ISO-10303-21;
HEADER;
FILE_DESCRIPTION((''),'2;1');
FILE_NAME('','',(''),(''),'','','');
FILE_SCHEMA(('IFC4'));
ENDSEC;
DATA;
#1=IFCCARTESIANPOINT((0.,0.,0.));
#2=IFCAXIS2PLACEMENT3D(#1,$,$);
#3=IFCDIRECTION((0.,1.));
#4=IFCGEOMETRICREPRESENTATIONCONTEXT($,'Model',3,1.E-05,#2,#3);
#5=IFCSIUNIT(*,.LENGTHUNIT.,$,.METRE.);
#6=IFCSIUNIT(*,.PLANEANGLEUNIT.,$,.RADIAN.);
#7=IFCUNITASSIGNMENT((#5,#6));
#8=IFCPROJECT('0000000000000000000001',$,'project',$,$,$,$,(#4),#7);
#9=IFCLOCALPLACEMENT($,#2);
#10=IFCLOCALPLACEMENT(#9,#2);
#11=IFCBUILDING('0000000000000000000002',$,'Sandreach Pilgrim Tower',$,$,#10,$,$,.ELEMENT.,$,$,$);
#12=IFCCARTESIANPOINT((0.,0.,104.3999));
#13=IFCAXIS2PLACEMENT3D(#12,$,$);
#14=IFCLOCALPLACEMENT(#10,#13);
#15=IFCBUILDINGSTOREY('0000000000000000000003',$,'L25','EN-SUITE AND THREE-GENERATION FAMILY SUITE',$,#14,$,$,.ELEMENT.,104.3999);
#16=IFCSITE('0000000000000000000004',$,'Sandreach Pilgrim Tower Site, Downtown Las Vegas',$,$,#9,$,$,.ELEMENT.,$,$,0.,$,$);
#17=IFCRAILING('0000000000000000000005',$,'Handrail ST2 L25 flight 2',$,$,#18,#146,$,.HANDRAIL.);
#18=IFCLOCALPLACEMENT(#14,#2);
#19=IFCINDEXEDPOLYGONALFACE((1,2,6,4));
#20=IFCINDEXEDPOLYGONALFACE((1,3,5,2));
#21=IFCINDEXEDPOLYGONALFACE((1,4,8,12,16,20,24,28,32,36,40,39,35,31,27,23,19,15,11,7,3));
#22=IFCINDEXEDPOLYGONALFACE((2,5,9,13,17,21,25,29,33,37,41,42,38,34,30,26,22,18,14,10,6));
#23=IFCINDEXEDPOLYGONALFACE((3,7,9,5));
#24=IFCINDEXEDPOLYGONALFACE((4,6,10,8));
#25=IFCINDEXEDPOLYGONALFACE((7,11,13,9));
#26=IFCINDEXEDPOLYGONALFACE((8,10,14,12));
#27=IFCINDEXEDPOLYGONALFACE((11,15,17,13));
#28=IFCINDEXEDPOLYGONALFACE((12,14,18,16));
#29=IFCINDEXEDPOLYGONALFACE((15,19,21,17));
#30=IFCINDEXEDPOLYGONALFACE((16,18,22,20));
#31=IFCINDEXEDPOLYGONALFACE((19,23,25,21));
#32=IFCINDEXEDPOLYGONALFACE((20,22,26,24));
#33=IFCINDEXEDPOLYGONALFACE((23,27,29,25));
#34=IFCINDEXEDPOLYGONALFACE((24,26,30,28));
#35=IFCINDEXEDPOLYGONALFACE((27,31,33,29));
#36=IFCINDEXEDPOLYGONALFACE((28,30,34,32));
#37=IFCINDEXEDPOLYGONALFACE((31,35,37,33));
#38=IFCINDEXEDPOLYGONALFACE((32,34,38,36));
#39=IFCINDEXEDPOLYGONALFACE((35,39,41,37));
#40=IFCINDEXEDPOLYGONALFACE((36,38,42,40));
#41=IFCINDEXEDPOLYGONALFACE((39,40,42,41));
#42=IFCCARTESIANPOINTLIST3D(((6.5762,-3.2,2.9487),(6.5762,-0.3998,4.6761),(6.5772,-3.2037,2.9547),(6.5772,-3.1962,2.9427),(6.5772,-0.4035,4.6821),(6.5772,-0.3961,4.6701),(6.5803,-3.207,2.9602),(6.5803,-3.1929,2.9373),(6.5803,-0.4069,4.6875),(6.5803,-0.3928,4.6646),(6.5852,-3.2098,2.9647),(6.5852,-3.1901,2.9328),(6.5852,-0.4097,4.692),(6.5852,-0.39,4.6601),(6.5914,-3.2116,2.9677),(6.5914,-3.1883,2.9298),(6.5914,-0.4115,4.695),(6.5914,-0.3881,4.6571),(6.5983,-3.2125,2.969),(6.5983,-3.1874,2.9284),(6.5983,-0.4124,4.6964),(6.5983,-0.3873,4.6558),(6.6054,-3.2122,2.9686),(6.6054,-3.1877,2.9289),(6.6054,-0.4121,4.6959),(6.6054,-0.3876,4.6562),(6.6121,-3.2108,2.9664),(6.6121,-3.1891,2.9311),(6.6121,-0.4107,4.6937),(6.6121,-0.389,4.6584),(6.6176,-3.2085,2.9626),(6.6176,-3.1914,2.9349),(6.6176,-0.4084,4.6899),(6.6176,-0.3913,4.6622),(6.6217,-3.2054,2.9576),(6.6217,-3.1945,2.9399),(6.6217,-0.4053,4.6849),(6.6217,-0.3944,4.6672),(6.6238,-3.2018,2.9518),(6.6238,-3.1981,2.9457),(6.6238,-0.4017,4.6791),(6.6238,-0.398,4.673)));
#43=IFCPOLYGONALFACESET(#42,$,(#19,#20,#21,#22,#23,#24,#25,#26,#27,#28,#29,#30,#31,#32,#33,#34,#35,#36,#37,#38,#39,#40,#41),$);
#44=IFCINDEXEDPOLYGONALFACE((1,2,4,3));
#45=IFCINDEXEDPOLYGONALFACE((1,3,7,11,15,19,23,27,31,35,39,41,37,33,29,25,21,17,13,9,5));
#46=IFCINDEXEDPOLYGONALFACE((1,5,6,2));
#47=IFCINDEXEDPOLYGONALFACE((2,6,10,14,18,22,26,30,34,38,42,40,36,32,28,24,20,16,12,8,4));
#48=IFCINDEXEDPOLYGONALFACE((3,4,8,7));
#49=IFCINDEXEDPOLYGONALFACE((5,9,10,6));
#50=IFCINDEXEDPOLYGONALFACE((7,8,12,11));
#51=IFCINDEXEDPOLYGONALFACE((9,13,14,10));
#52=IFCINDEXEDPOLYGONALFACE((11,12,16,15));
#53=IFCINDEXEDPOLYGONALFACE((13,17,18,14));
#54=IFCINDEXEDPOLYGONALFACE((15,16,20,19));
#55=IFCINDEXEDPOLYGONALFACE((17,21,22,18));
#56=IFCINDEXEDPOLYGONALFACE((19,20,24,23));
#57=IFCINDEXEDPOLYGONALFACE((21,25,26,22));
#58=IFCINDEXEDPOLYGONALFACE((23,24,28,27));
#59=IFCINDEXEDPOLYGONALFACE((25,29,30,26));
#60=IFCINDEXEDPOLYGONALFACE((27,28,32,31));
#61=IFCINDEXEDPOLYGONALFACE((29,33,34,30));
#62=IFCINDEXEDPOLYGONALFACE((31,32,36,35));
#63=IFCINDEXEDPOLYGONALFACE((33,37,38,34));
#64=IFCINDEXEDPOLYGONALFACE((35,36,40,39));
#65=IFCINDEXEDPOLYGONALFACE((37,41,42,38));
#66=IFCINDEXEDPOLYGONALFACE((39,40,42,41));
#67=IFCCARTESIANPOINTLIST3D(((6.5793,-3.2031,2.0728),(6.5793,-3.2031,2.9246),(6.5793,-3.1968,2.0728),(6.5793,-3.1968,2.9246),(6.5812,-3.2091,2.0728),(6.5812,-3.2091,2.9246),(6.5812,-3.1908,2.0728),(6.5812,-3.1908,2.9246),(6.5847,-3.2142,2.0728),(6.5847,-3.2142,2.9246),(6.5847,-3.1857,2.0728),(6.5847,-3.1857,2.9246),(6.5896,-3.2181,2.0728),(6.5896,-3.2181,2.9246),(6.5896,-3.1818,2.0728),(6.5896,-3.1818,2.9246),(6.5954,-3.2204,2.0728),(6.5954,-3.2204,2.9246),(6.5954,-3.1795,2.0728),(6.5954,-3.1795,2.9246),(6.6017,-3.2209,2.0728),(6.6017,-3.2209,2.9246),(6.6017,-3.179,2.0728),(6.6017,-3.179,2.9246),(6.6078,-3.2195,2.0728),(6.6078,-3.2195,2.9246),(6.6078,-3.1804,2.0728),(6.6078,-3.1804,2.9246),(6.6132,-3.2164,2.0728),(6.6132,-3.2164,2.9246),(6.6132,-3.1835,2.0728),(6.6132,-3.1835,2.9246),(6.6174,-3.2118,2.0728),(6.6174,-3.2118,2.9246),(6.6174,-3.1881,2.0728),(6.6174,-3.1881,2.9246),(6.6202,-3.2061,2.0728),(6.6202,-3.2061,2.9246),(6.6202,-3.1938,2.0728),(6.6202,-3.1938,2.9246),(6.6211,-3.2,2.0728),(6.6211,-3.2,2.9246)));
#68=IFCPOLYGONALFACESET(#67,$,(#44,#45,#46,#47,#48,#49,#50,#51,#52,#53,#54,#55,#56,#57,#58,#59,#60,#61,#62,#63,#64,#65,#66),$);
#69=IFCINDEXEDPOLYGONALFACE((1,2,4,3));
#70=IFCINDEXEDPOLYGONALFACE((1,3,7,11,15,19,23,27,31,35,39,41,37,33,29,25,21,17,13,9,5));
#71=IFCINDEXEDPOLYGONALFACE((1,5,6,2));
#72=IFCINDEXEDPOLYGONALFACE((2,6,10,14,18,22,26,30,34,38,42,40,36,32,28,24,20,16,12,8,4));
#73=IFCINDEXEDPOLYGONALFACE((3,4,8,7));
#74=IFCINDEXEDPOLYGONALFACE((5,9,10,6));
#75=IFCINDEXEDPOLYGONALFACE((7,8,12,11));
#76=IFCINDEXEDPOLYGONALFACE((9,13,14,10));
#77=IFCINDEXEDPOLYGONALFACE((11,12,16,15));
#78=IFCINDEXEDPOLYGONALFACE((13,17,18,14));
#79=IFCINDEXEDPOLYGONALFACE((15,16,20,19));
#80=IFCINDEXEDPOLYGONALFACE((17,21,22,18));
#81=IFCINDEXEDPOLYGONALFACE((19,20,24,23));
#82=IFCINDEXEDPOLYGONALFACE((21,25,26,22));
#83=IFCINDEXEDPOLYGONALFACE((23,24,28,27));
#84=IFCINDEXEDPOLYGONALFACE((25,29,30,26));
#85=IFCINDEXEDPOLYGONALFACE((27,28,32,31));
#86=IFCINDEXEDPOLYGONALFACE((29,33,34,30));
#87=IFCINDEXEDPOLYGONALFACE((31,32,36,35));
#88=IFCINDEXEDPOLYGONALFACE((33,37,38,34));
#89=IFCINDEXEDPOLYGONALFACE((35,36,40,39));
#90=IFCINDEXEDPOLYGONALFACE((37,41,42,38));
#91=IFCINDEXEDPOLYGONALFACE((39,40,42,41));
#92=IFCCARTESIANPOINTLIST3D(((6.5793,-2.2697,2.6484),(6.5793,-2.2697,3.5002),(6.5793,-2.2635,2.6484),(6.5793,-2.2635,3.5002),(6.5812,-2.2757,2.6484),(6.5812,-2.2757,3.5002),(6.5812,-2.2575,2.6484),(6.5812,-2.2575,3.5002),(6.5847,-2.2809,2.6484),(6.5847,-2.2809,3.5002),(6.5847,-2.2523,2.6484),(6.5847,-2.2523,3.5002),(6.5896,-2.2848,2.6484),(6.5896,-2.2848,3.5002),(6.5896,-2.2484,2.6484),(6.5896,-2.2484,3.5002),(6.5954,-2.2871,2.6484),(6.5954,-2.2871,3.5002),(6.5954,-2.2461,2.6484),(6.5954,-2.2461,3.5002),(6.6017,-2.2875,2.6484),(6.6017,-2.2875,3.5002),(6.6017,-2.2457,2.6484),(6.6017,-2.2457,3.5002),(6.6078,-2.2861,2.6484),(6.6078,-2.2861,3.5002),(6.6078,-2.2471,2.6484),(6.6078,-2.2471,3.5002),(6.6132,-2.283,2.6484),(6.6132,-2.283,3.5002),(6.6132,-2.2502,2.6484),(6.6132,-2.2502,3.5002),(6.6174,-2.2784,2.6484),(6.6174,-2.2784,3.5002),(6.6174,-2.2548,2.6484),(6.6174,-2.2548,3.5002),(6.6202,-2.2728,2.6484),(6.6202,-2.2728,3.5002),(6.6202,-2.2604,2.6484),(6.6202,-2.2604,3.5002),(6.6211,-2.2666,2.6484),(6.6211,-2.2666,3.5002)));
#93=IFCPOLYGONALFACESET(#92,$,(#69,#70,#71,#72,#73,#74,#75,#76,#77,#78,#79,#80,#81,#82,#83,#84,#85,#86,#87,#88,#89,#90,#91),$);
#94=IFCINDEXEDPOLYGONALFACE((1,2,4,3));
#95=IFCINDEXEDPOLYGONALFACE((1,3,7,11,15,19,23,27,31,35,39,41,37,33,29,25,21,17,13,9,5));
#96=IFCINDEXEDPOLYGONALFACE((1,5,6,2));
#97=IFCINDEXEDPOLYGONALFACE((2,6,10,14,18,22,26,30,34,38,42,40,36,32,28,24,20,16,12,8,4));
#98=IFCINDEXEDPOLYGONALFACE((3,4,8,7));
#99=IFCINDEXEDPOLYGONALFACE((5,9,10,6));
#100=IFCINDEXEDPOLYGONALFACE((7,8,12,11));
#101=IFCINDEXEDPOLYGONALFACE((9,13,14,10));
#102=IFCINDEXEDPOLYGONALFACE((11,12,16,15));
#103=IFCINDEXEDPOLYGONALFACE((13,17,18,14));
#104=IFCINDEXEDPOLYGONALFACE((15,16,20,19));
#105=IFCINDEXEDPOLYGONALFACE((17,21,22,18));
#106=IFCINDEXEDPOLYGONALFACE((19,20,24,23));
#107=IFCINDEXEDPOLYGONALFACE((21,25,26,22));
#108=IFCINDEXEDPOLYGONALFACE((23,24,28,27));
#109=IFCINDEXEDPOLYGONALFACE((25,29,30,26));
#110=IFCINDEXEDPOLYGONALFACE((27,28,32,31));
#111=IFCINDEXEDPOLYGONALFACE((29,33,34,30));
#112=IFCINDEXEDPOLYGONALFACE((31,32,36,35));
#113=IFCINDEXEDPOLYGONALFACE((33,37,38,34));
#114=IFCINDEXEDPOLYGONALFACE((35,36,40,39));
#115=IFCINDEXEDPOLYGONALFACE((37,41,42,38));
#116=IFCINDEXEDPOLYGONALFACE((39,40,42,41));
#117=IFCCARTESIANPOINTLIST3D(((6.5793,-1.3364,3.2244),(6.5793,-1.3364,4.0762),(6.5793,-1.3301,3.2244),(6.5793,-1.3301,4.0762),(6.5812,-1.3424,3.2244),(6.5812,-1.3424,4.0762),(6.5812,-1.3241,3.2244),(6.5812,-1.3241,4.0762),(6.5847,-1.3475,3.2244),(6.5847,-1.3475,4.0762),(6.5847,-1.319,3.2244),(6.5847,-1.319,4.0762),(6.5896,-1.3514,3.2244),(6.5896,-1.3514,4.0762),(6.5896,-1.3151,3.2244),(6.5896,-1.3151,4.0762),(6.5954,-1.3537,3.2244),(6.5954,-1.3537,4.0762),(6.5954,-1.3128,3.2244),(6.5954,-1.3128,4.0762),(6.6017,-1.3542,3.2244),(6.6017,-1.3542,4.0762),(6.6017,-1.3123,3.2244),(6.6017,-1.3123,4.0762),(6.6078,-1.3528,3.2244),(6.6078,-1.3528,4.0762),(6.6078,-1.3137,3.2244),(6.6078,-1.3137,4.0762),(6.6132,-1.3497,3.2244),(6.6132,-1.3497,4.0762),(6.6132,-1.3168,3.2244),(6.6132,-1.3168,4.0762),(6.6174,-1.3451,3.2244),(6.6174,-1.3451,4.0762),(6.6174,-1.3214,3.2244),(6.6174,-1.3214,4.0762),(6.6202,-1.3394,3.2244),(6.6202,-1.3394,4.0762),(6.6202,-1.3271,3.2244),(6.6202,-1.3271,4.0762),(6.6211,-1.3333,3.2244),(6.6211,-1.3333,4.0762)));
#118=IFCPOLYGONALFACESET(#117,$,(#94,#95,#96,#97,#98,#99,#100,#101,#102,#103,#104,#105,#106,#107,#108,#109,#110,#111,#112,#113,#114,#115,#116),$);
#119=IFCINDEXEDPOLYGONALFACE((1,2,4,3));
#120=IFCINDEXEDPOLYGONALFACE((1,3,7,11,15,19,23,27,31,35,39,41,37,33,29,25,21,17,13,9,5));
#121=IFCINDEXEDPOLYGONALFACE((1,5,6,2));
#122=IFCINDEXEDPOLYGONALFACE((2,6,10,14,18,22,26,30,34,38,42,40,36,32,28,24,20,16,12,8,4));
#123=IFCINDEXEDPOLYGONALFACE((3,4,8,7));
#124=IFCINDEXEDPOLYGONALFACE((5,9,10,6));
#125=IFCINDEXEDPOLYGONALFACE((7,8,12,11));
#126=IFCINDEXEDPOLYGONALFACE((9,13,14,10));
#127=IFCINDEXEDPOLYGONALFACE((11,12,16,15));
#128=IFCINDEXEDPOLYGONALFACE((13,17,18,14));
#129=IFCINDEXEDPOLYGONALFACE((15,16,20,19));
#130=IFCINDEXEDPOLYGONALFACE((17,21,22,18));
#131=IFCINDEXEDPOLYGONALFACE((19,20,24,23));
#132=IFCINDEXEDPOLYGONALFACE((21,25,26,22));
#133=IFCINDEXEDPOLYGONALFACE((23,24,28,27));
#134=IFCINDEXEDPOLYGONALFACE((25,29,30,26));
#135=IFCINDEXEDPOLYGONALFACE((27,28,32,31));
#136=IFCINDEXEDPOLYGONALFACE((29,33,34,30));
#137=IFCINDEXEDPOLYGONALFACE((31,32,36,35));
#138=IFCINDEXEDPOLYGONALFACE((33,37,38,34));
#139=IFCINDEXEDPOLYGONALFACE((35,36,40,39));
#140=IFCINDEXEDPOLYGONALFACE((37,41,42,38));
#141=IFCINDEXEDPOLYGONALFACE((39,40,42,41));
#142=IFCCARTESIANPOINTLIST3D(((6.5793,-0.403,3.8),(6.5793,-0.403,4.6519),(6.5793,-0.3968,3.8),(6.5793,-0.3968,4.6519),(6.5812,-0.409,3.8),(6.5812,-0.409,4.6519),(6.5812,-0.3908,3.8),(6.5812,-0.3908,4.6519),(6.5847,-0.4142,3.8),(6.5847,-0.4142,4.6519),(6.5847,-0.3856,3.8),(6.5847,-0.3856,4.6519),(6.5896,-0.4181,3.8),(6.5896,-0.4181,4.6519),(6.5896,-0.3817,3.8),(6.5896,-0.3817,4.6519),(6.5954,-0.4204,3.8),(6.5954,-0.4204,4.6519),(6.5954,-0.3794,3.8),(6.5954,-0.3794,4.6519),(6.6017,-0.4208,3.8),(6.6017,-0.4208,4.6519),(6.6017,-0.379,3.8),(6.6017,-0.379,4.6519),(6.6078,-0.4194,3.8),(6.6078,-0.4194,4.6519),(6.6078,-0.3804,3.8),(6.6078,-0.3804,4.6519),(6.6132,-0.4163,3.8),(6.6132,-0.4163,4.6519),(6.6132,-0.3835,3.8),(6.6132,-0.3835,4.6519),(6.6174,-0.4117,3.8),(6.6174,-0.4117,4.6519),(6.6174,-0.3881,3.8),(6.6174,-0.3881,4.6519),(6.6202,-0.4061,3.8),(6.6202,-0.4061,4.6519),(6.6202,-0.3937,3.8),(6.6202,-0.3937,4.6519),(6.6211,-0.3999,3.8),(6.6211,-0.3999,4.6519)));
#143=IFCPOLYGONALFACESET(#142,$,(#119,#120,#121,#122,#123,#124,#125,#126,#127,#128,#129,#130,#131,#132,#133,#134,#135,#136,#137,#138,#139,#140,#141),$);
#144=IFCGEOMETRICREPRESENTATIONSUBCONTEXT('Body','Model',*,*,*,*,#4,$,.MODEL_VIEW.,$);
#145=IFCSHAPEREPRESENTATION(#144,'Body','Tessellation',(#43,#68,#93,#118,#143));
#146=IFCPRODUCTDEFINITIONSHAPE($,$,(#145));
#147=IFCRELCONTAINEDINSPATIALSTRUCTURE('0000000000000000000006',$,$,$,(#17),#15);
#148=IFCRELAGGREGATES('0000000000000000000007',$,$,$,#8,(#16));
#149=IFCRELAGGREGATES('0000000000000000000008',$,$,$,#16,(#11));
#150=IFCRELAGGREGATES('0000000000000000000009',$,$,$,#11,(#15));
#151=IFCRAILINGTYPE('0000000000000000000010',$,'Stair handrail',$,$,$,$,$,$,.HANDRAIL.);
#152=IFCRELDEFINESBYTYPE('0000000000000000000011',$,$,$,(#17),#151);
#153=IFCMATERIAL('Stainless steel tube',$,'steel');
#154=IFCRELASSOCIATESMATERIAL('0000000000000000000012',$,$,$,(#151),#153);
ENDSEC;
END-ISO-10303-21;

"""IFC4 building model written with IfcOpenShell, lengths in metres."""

from ifc_helpers import new_model, si_unit, direction, frame, origin, origin_2d, place, context, subcontext, project, spatial, circle, extrude, material, type_object, element, save


model = new_model("IFC4")

# Units and contexts
model_context = context("Model", 3, precision=1e-05, world=origin(), true_north=direction((0.0, 1.0)))
body_context = subcontext(model_context, "Body", "Model", "MODEL_VIEW")
ifc_project = project(units=[si_unit("LENGTHUNIT", "METRE"), si_unit("PLANEANGLEUNIT", "RADIAN")], contexts=[model_context])

# Site, building, storey
site_placement = place(None, origin())
site = spatial("IfcSite", under=ifc_project, at=site_placement, Name="Sandreach Pilgrim Tower Site, Downtown Las Vegas", CompositionType="ELEMENT", RefElevation=0.0)
building_placement = place(site_placement, origin())
building = spatial("IfcBuilding", under=site, at=building_placement, Name="Sandreach Pilgrim Tower", CompositionType="ELEMENT")
storey_placement = place(building_placement, frame((0.0, 0.0, 104.3999)))
storey = spatial("IfcBuildingStorey", under=building, at=storey_placement, Name="L25", Description="EN-SUITE AND THREE-GENERATION FAMILY SUITE", CompositionType="ELEMENT", Elevation=104.3999)

# Railing
ifc_material_1 = material(Name="Stainless steel tube", Category="steel")
railing_type = type_object("IfcRailingType", Name="Stair handrail", PredefinedType="HANDRAIL", material=ifc_material_1)
for number, where, name in (
    (1, (6.6001, -3.2, 2.0728), "Handrail ST2 L25 flight 2"),
):
    element("IfcRailing", number, at=place(storey_placement, frame(where)), inside=storey, type_object=railing_type, Name=name, PredefinedType="HANDRAIL", context=body_context, shape_type="SweptSolid", body=[
        extrude(circle(Radius=0.0239, at=origin_2d()), frame((0.0, 0.0, 0.876), z_axis=(0.0, 0.85109, 0.52502), x_axis=(-1.0, 0.0, 0.0)), (0.0, 0.0, 1.0), 3.29),
        extrude(circle(Radius=0.021, at=origin_2d()), origin(), (0.0, 0.0, 1.0), 0.8518),
        extrude(circle(Radius=0.021, at=origin_2d()), frame((0.0, 0.9333, 0.5757)), (0.0, 0.0, 1.0), 0.8518),
        extrude(circle(Radius=0.021, at=origin_2d()), frame((0.0, 1.8667, 1.1516)), (0.0, 0.0, 1.0), 0.8518),
        extrude(circle(Radius=0.021, at=origin_2d()), frame((0.0, 2.8, 1.7273)), (0.0, 0.0, 1.0), 0.8518),
    ])

save(model, "model.ifc")
